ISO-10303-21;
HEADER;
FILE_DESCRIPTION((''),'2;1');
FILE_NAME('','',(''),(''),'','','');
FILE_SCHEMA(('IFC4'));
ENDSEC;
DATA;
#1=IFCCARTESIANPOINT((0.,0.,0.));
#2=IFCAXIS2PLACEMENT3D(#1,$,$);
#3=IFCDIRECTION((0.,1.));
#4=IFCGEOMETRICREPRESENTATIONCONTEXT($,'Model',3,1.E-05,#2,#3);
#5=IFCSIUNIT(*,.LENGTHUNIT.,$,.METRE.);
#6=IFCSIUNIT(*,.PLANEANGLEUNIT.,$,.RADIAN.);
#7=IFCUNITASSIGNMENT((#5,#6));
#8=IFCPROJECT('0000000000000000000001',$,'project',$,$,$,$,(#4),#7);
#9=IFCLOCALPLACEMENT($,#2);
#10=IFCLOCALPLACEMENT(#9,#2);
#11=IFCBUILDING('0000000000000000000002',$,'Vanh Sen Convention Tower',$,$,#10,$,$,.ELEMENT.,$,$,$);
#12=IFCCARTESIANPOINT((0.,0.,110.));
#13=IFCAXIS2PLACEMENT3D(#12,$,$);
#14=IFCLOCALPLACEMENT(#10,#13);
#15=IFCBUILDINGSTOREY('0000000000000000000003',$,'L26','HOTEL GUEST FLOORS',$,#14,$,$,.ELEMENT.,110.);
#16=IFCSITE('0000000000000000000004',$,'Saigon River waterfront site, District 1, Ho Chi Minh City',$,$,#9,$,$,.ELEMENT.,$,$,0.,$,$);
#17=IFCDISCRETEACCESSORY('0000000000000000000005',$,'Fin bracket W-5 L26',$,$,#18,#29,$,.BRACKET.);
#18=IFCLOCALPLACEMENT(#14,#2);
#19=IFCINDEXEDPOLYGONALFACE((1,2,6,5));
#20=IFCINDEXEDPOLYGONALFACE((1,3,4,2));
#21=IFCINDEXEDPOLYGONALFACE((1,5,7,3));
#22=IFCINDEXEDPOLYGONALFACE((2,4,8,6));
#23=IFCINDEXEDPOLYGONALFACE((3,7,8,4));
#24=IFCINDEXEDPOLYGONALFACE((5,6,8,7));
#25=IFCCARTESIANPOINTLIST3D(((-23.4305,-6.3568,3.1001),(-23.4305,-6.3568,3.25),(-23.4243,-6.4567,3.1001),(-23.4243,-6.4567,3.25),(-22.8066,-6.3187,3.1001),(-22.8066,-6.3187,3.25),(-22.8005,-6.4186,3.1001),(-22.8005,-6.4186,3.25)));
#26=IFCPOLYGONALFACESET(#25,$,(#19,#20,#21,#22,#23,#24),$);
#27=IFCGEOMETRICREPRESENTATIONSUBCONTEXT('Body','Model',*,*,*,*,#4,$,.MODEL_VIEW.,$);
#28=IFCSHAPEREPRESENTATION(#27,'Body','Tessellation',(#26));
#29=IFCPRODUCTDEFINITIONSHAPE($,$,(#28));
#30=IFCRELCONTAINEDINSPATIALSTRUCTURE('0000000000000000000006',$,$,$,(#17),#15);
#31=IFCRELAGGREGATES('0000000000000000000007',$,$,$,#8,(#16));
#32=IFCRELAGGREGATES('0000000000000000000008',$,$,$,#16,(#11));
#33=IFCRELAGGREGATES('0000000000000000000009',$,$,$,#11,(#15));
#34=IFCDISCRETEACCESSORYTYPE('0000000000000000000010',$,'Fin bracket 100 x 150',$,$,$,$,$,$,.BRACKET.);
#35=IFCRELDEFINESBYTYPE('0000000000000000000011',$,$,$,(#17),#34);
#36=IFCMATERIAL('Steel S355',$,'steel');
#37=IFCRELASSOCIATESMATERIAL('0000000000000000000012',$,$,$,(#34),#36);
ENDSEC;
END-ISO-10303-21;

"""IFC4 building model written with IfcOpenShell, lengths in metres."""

from ifc_helpers import new_model, si_unit, direction, frame, origin, origin_2d, place, context, subcontext, project, spatial, rectangle, extrude, material, type_object, element, save


model = new_model("IFC4")

# Units and contexts
model_context = context("Model", 3, precision=1e-05, world=origin(), true_north=direction((0.0, 1.0)))
body_context = subcontext(model_context, "Body", "Model", "MODEL_VIEW")
ifc_project = project(units=[si_unit("LENGTHUNIT", "METRE"), si_unit("PLANEANGLEUNIT", "RADIAN")], contexts=[model_context])

# Site, building, storey
site_placement = place(None, origin())
site = spatial("IfcSite", under=ifc_project, at=site_placement, Name="Saigon River waterfront site, District 1, Ho Chi Minh City", CompositionType="ELEMENT", RefElevation=0.0)
building_placement = place(site_placement, origin())
building = spatial("IfcBuilding", under=site, at=building_placement, Name="Vanh Sen Convention Tower", CompositionType="ELEMENT")
storey_placement = place(building_placement, frame((0.0, 0.0, 110.0)))
storey = spatial("IfcBuildingStorey", under=building, at=storey_placement, Name="L26", Description="HOTEL GUEST FLOORS", CompositionType="ELEMENT", Elevation=110.0)

# Discrete accessory
ifc_material_1 = material(Name="Steel S355", Category="steel")
discrete_accessory_type = type_object("IfcDiscreteAccessoryType", Name="Fin bracket 100 x 150", PredefinedType="BRACKET", material=ifc_material_1)
discrete_accessory_placement = place(storey_placement, frame((-23.1155, -6.3877, 3.1001), z_axis=(0.0, 0.0, 1.0), x_axis=(-0.998135, -0.061049, 0.0)))
element("IfcDiscreteAccessory", 1, at=discrete_accessory_placement, inside=storey, type_object=discrete_accessory_type, Name="Fin bracket W-5 L26", PredefinedType="BRACKET", context=body_context, shape_type="SweptSolid", body=[
    extrude(rectangle(XDim=0.625, YDim=0.1001, at=origin_2d()), origin(), (0.0, 0.0, 1.0), 0.1499),
])

save(model, "model.ifc")
